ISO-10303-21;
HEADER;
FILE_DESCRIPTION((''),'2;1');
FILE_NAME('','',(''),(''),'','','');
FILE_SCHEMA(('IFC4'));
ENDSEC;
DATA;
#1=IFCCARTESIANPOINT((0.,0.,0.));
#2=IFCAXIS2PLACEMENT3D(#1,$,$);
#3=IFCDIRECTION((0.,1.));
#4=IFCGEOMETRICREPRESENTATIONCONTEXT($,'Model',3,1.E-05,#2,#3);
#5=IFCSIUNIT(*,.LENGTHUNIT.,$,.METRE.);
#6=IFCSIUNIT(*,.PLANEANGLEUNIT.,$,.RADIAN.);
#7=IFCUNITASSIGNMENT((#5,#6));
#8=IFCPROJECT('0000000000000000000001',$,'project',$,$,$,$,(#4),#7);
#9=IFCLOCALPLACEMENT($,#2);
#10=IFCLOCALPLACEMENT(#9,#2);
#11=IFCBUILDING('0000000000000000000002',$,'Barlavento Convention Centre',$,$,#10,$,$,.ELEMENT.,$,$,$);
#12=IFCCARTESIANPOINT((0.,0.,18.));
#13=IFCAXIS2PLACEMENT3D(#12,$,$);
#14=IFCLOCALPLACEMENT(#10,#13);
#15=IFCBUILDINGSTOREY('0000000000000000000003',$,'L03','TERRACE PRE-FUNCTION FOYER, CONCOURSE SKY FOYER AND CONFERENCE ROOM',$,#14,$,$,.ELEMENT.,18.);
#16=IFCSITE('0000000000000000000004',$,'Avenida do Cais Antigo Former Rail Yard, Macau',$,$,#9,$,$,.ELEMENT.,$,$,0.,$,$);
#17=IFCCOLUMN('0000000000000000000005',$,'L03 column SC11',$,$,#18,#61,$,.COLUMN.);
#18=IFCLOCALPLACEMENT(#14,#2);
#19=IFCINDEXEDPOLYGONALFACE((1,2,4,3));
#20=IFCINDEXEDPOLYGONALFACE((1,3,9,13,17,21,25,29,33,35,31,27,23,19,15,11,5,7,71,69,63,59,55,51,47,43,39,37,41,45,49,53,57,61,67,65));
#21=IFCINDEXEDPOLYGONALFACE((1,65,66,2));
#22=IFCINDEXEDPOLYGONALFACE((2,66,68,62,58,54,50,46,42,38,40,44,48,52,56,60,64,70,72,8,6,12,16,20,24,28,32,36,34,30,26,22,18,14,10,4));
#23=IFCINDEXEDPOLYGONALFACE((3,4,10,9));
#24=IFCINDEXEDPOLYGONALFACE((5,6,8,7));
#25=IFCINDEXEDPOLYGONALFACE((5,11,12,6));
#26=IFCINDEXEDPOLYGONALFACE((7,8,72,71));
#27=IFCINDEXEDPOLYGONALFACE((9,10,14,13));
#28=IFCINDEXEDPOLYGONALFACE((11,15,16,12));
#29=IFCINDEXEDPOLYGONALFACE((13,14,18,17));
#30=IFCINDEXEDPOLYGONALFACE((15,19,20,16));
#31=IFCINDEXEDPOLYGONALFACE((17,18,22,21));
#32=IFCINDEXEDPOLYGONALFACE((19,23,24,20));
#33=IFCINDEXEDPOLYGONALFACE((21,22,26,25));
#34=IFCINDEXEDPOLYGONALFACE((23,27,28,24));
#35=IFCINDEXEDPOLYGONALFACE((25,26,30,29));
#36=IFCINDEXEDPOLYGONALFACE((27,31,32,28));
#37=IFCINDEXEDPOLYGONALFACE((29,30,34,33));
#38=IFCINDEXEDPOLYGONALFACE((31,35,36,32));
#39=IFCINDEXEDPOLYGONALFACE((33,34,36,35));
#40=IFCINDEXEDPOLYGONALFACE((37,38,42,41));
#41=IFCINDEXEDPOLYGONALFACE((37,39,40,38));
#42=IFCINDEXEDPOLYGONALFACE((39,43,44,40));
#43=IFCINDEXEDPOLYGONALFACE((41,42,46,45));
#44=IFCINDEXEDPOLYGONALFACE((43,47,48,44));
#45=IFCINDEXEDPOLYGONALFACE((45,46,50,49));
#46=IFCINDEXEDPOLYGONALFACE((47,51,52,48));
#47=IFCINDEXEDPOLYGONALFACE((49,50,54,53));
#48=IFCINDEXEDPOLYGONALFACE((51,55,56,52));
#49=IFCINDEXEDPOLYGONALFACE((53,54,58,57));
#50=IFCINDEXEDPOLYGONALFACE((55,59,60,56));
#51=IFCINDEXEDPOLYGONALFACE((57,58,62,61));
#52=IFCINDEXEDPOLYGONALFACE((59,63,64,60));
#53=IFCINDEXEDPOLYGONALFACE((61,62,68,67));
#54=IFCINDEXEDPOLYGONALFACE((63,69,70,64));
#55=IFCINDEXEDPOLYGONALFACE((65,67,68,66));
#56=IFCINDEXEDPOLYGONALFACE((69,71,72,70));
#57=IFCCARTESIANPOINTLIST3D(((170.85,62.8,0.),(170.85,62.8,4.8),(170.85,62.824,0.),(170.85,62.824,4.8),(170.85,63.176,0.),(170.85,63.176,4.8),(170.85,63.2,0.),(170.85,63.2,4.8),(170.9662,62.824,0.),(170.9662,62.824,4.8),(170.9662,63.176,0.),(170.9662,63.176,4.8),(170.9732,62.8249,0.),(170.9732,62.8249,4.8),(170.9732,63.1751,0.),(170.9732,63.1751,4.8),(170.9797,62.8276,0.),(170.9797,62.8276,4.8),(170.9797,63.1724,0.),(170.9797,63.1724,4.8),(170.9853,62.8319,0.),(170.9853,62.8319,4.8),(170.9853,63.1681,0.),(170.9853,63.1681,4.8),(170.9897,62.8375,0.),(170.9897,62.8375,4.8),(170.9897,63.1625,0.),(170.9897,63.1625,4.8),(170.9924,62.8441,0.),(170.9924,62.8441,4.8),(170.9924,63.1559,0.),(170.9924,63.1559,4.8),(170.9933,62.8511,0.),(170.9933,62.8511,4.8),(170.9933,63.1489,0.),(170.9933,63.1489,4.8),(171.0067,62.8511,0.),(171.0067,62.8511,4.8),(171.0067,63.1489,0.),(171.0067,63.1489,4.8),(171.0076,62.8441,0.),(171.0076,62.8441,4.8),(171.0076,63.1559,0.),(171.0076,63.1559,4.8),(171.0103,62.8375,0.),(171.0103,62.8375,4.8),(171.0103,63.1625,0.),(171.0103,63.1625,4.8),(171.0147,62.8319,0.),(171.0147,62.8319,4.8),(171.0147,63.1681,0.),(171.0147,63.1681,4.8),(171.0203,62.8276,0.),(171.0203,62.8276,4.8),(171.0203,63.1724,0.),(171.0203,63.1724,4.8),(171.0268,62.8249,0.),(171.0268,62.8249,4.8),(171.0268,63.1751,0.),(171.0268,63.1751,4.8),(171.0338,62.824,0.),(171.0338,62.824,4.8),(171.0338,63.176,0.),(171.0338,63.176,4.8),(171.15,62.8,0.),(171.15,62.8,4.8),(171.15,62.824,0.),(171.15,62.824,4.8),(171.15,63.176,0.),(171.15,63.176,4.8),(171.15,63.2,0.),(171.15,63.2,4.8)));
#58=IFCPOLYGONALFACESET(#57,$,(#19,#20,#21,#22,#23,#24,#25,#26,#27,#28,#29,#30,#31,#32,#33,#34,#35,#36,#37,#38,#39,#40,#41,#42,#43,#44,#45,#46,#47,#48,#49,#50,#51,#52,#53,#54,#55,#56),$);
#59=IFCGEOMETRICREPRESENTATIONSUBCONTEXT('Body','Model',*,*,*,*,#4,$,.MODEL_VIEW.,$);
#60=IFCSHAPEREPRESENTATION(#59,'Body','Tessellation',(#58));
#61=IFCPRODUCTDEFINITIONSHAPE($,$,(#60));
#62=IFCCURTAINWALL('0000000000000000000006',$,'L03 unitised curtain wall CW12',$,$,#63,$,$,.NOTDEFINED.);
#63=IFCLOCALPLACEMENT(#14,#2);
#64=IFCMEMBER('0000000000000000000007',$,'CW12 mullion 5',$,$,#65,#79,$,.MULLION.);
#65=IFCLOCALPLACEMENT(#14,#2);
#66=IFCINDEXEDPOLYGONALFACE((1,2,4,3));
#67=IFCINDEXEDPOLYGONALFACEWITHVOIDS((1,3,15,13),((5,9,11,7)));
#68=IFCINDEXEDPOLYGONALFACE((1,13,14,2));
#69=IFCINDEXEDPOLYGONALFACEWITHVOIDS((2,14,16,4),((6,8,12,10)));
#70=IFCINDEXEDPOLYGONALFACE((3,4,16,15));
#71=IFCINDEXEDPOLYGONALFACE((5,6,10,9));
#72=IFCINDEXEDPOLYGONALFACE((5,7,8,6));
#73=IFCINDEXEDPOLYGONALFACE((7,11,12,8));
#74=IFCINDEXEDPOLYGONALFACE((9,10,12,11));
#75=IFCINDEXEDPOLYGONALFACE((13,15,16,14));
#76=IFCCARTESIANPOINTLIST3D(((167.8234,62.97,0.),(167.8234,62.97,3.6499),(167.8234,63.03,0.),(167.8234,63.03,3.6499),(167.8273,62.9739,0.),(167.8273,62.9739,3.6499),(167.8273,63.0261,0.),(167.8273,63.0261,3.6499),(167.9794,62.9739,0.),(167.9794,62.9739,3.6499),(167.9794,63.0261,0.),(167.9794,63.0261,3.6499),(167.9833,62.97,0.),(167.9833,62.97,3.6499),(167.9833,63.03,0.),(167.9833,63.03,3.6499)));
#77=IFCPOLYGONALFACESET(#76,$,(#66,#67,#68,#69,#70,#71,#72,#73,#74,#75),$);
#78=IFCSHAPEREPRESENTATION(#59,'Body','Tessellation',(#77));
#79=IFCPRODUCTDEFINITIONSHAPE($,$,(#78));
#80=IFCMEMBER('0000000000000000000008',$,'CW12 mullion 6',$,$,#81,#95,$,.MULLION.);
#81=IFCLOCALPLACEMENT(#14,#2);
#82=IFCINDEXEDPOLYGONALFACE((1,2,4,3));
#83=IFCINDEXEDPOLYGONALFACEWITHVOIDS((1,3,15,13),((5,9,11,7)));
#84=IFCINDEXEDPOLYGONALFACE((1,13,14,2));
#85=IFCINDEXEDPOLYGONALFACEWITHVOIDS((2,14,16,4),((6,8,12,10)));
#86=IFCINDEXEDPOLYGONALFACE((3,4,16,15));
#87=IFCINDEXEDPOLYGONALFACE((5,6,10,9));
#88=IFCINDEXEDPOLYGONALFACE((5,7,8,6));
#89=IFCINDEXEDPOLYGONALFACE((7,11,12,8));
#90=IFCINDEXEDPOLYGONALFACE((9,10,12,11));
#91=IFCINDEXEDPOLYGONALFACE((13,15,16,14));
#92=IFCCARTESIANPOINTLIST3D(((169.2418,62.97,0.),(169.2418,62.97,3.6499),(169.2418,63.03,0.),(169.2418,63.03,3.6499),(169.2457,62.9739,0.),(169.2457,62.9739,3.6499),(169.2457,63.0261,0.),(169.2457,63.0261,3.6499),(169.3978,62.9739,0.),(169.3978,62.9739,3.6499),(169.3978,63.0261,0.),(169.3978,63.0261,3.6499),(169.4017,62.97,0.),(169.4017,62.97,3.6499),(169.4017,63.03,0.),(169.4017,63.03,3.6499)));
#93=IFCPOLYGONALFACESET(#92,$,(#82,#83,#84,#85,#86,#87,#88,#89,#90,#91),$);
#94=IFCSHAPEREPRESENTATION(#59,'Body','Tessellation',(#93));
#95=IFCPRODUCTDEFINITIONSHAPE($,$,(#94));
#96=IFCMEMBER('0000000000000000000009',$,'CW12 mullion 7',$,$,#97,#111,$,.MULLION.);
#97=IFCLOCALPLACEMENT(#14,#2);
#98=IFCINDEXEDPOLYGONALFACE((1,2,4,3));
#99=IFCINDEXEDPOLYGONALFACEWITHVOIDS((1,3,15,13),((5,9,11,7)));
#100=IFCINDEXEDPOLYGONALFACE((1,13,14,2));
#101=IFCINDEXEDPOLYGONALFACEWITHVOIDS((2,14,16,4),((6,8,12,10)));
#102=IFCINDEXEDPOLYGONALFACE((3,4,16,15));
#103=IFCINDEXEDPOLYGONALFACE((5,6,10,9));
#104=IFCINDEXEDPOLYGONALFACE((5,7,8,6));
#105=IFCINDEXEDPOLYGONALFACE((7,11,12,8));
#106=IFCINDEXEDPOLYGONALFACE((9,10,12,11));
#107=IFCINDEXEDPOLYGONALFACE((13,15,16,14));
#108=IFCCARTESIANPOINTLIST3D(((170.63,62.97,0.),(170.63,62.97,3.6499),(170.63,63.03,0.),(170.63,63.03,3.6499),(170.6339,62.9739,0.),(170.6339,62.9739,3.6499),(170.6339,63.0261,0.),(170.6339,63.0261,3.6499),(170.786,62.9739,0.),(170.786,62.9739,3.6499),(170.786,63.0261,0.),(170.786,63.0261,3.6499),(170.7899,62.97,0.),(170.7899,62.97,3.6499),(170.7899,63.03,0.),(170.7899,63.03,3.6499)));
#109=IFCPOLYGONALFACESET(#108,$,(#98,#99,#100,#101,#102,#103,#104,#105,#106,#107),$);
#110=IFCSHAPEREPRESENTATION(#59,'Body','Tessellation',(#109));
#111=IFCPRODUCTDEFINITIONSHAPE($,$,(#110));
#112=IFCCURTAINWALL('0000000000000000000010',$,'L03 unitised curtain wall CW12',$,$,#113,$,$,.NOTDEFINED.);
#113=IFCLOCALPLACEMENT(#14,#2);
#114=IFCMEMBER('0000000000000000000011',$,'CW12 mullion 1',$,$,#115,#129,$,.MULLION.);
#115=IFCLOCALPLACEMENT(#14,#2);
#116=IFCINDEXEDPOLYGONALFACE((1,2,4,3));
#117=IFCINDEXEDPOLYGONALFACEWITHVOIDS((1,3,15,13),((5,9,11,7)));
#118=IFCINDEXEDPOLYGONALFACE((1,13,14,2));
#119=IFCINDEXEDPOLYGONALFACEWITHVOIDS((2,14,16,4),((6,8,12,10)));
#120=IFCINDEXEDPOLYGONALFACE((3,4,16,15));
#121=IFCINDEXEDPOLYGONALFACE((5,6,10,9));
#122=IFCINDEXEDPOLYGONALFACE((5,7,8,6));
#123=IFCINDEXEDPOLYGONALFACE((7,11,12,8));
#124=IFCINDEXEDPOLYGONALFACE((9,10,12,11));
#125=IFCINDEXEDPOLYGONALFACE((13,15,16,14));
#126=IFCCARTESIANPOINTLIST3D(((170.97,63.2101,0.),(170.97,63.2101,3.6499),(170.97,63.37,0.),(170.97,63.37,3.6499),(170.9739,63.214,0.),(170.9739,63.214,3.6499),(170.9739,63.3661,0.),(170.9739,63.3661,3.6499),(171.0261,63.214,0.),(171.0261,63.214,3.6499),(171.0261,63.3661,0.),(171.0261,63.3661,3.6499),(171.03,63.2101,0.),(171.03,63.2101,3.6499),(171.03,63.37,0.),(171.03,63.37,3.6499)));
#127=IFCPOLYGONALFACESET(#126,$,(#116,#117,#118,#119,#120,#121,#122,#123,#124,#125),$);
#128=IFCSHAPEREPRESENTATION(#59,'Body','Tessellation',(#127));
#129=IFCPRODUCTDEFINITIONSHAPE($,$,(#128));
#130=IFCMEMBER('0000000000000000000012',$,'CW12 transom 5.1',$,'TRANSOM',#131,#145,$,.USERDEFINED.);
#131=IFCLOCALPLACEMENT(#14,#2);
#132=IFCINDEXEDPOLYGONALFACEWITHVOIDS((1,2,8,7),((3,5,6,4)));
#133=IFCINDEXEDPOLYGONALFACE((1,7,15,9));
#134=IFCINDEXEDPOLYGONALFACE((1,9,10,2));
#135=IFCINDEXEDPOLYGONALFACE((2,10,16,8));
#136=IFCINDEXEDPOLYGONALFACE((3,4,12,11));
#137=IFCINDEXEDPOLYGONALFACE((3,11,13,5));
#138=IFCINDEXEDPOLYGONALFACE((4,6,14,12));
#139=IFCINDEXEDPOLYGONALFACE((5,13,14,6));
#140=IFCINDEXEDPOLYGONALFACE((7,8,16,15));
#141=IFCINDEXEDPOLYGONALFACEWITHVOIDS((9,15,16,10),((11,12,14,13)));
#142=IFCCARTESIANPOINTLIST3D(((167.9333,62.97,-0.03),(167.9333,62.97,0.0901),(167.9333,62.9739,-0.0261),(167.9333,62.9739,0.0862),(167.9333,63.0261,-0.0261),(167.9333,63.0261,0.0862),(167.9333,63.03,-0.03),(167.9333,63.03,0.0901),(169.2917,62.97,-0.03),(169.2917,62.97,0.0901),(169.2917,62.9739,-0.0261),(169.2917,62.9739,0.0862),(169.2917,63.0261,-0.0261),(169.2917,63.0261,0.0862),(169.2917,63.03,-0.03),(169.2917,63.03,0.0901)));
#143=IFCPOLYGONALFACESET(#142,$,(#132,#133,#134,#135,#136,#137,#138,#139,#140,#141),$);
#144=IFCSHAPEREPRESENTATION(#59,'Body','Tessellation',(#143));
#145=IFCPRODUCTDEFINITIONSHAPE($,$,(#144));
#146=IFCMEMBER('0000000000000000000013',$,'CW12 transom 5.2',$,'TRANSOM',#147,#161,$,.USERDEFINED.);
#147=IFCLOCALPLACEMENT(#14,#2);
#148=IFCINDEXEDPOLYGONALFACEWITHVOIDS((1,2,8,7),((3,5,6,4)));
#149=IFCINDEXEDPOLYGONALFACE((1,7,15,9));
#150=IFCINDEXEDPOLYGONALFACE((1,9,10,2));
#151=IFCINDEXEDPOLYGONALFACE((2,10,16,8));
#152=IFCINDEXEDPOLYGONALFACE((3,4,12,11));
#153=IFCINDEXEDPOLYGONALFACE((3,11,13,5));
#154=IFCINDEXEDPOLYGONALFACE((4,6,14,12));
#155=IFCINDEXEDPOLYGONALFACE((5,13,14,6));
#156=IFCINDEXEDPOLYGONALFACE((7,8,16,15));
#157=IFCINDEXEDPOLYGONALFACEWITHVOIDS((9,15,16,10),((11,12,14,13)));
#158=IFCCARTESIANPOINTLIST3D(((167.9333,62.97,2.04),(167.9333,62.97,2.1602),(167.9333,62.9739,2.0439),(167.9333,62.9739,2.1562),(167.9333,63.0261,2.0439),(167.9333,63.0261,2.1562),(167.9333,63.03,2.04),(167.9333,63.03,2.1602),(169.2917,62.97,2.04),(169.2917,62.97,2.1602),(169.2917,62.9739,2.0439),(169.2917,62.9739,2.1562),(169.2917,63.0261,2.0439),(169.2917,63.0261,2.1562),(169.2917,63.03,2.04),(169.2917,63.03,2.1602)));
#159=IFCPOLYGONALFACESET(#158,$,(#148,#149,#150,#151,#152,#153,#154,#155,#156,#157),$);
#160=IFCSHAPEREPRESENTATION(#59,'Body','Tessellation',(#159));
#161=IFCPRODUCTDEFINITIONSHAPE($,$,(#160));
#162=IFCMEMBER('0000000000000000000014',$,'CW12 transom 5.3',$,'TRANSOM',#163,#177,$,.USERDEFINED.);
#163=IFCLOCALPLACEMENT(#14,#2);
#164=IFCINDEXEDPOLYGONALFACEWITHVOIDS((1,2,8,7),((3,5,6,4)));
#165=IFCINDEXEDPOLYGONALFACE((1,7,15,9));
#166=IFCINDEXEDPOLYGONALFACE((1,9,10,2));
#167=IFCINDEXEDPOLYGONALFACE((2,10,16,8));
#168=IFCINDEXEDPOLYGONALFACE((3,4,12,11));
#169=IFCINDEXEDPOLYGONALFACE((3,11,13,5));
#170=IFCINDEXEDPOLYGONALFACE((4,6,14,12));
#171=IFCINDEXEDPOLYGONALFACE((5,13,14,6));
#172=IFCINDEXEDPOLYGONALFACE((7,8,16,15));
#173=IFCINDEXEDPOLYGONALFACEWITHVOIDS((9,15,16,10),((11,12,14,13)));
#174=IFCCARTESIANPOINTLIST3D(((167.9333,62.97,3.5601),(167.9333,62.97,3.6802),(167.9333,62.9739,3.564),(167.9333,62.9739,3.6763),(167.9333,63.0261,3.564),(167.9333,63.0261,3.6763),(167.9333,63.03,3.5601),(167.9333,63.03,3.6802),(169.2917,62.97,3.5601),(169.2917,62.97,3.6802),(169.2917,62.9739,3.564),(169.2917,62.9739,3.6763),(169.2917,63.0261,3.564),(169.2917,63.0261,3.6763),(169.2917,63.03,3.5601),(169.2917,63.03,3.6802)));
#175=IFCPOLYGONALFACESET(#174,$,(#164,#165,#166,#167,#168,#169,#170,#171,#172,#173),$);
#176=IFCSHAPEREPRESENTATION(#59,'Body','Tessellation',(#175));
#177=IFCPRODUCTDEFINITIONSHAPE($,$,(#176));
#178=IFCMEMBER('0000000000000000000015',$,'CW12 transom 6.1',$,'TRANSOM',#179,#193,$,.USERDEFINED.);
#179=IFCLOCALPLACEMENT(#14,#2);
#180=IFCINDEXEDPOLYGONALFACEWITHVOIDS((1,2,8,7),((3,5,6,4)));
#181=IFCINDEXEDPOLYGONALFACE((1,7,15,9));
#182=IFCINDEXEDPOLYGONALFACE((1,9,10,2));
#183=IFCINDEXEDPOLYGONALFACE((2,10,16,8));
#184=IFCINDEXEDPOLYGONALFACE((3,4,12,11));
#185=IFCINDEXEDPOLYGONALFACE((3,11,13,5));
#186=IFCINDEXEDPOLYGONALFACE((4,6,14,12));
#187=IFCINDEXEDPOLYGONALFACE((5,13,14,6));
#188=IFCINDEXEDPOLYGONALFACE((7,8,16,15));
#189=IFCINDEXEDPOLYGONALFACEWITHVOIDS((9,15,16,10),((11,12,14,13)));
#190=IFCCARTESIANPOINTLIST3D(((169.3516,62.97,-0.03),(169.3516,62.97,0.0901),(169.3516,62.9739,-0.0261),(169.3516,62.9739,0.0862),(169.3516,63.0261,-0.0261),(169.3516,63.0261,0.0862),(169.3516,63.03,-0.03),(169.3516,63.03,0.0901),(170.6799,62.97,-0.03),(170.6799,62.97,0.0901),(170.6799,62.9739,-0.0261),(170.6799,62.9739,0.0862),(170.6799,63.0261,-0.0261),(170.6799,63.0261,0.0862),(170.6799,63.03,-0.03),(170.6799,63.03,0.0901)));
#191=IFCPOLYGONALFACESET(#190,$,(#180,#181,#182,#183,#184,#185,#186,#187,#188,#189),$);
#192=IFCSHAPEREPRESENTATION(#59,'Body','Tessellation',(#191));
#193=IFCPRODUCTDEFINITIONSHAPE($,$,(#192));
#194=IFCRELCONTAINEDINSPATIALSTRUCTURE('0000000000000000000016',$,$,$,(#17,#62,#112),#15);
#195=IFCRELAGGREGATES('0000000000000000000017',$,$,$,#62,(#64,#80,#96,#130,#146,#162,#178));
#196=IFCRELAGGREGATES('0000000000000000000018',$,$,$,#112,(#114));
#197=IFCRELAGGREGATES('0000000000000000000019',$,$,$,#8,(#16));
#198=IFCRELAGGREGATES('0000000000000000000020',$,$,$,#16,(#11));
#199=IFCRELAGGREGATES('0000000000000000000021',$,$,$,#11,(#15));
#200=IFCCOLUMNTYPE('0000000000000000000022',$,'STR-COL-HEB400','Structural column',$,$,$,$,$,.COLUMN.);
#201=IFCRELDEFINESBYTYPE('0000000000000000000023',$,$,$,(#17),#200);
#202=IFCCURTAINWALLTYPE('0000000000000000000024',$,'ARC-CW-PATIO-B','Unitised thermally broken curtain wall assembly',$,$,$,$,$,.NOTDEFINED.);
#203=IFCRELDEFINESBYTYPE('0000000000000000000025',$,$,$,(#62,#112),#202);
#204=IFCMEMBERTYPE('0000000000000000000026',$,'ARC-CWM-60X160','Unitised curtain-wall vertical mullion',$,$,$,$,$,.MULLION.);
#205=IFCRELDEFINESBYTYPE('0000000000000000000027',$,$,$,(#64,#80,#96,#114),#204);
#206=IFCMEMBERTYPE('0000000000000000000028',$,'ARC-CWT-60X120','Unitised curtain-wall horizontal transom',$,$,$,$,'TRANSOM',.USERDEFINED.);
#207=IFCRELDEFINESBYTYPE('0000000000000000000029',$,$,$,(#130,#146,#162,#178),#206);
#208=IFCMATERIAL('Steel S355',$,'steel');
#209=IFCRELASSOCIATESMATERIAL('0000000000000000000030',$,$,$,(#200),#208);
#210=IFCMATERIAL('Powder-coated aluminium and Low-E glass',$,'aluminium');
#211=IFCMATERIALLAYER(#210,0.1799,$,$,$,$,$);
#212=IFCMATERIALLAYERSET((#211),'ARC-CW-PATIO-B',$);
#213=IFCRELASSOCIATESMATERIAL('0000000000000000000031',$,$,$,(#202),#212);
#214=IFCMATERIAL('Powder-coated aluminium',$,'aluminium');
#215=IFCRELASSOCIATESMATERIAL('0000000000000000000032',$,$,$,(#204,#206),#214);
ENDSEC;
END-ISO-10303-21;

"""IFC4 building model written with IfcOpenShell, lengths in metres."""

from ifc_helpers import new_model, si_unit, direction, frame, origin, origin_2d, place, context, subcontext, project, spatial, hollow_rectangle, i_section, extrude, material, layer, layer_set, material_profile, profile_set, type_object, element, aggregate, save


model = new_model("IFC4")

# Units and contexts
model_context = context("Model", 3, precision=1e-05, world=origin(), true_north=direction((0.0, 1.0)))
body_context = subcontext(model_context, "Body", "Model", "MODEL_VIEW")
ifc_project = project(units=[si_unit("LENGTHUNIT", "METRE"), si_unit("PLANEANGLEUNIT", "RADIAN")], contexts=[model_context])

# Site, building, storey
site_placement = place(None, origin())
site = spatial("IfcSite", under=ifc_project, at=site_placement, Name="Avenida do Cais Antigo Former Rail Yard, Macau", CompositionType="ELEMENT", RefElevation=0.0)
building_placement = place(site_placement, origin())
building = spatial("IfcBuilding", under=site, at=building_placement, Name="Barlavento Convention Centre", CompositionType="ELEMENT")
storey_placement = place(building_placement, frame((0.0, 0.0, 18.0)))
storey = spatial("IfcBuildingStorey", under=building, at=storey_placement, Name="L03", Description="TERRACE PRE-FUNCTION FOYER, CONCOURSE SKY FOYER AND CONFERENCE ROOM", CompositionType="ELEMENT", Elevation=18.0)

# Column
ifc_material_1 = material(Name="Steel S355", Category="steel")
ifc_material_profile_1 = material_profile(ifc_material_1, i_section(OverallWidth=0.3, OverallDepth=0.3999, WebThickness=0.0134, FlangeThickness=0.0239, FilletRadius=0.0271, at=origin_2d()), Name="HEB 400")
ifc_profile_set_1 = profile_set([ifc_material_profile_1], Name="Steel S355")
column_type = type_object("IfcColumnType", Name="STR-COL-HEB400", Description="Structural column", PredefinedType="COLUMN", material=ifc_profile_set_1)
column_placement = place(storey_placement, frame((171.0, 63.0, 0.0), z_axis=(0.0, 0.0, 1.0), x_axis=(1.0, 0.0, 0.0)))
element("IfcColumn", 1, at=column_placement, inside=storey, type_object=column_type, Name="L03 column SC11", PredefinedType="COLUMN", context=body_context, shape_type="SweptSolid", body=[
    extrude(i_section(OverallWidth=0.3, OverallDepth=0.3999, WebThickness=0.0134, FlangeThickness=0.0239, FilletRadius=0.0271, at=origin_2d()), origin(), (0.0, 0.0, 1.0), 4.8),
])

# Curtain wall, members
ifc_material_2 = material(Name="Powder-coated aluminium and Low-E glass", Category="aluminium")
ifc_layer_1 = layer(ifc_material_2, 0.1799)
ifc_layer_set_1 = layer_set([ifc_layer_1], Name="ARC-CW-PATIO-B")
curtain_wall_type = type_object("IfcCurtainWallType", Name="ARC-CW-PATIO-B", Description="Unitised thermally broken curtain wall assembly", PredefinedType="NOTDEFINED", material=ifc_layer_set_1)
curtain_wall_1_placement = place(storey_placement, origin())
curtain_wall_1 = element("IfcCurtainWall", 2, at=curtain_wall_1_placement, inside=storey, type_object=curtain_wall_type, Name="L03 unitised curtain wall CW12", PredefinedType="NOTDEFINED")
ifc_material_3 = material(Name="Powder-coated aluminium", Category="aluminium")
ifc_material_profile_2 = material_profile(ifc_material_3, hollow_rectangle(XDim=0.0601, YDim=0.1599, WallThickness=0.0039, at=origin_2d()), Name="AL-MULL 60x160x4")
ifc_profile_set_2 = profile_set([ifc_material_profile_2], Name="Powder-coated aluminium")
member_type_1 = type_object("IfcMemberType", Name="ARC-CWM-60X160", Description="Unitised curtain-wall vertical mullion", PredefinedType="MULLION", material=ifc_profile_set_2)
member_1_placement = place(storey_placement, frame((167.9033, 63.0, 0.0), z_axis=(0.0, 0.0, 1.0), x_axis=(0.0, 1.0, 0.0)))
member_1 = element("IfcMember", 3, at=member_1_placement, type_object=member_type_1, Name="CW12 mullion 5", PredefinedType="MULLION", context=body_context, shape_type="SweptSolid", body=[
    extrude(hollow_rectangle(XDim=0.0601, YDim=0.1599, WallThickness=0.0039, at=origin_2d()), origin(), (0.0, 0.0, 1.0), 3.6499),
])
member_2_placement = place(storey_placement, frame((169.3218, 63.0, 0.0), z_axis=(0.0, 0.0, 1.0), x_axis=(0.0, 1.0, 0.0)))
member_2 = element("IfcMember", 4, at=member_2_placement, type_object=member_type_1, Name="CW12 mullion 6", PredefinedType="MULLION", context=body_context, shape_type="SweptSolid", body=[
    extrude(hollow_rectangle(XDim=0.0601, YDim=0.1599, WallThickness=0.0039, at=origin_2d()), origin(), (0.0, 0.0, 1.0), 3.6499),
])
member_3_placement = place(storey_placement, frame((170.71, 63.0, 0.0), z_axis=(0.0, 0.0, 1.0), x_axis=(0.0, 1.0, 0.0)))
member_3 = element("IfcMember", 5, at=member_3_placement, type_object=member_type_1, Name="CW12 mullion 7", PredefinedType="MULLION", context=body_context, shape_type="SweptSolid", body=[
    extrude(hollow_rectangle(XDim=0.0601, YDim=0.1599, WallThickness=0.0039, at=origin_2d()), origin(), (0.0, 0.0, 1.0), 3.6499),
])

# Curtain wall, member
curtain_wall_2_placement = place(storey_placement, origin())
curtain_wall_2 = element("IfcCurtainWall", 6, at=curtain_wall_2_placement, inside=storey, type_object=curtain_wall_type, Name="L03 unitised curtain wall CW12", PredefinedType="NOTDEFINED")
member_4_placement = place(storey_placement, frame((171.0, 63.29, 0.0), z_axis=(0.0, 0.0, 1.0), x_axis=(-1.0, 0.0, 0.0)))
member_4 = element("IfcMember", 7, at=member_4_placement, type_object=member_type_1, Name="CW12 mullion 1", PredefinedType="MULLION", context=body_context, shape_type="SweptSolid", body=[
    extrude(hollow_rectangle(XDim=0.0601, YDim=0.1599, WallThickness=0.0039, at=origin_2d()), origin(), (0.0, 0.0, 1.0), 3.6499),
])

# Members
ifc_material_profile_3 = material_profile(ifc_material_3, hollow_rectangle(XDim=0.0601, YDim=0.1201, WallThickness=0.0039, at=origin_2d()), Name="AL-TRAN 60x120x4")
ifc_profile_set_3 = profile_set([ifc_material_profile_3], Name="Powder-coated aluminium")
member_type_2 = type_object("IfcMemberType", Name="ARC-CWT-60X120", Description="Unitised curtain-wall horizontal transom", ElementType="TRANSOM", PredefinedType="USERDEFINED", material=ifc_profile_set_3)
member_5_placement = place(storey_placement, frame((167.9333, 63.0, 0.03), z_axis=(1.0, 0.0, 0.0), x_axis=(0.0, 1.0, 0.0)))
member_5 = element("IfcMember", 8, at=member_5_placement, type_object=member_type_2, Name="CW12 transom 5.1", ObjectType="TRANSOM", PredefinedType="USERDEFINED", context=body_context, shape_type="SweptSolid", body=[
    extrude(hollow_rectangle(XDim=0.0601, YDim=0.1201, WallThickness=0.0039, at=origin_2d()), origin(), (0.0, 0.0, 1.0), 1.3584),
])
member_6_placement = place(storey_placement, frame((167.9333, 63.0, 2.1001), z_axis=(1.0, 0.0, 0.0), x_axis=(0.0, 1.0, 0.0)))
member_6 = element("IfcMember", 9, at=member_6_placement, type_object=member_type_2, Name="CW12 transom 5.2", ObjectType="TRANSOM", PredefinedType="USERDEFINED", context=body_context, shape_type="SweptSolid", body=[
    extrude(hollow_rectangle(XDim=0.0601, YDim=0.1201, WallThickness=0.0039, at=origin_2d()), origin(), (0.0, 0.0, 1.0), 1.3584),
])
member_7_placement = place(storey_placement, frame((167.9333, 63.0, 3.6201), z_axis=(1.0, 0.0, 0.0), x_axis=(0.0, 1.0, 0.0)))
member_7 = element("IfcMember", 10, at=member_7_placement, type_object=member_type_2, Name="CW12 transom 5.3", ObjectType="TRANSOM", PredefinedType="USERDEFINED", context=body_context, shape_type="SweptSolid", body=[
    extrude(hollow_rectangle(XDim=0.0601, YDim=0.1201, WallThickness=0.0039, at=origin_2d()), origin(), (0.0, 0.0, 1.0), 1.3584),
])
member_8_placement = place(storey_placement, frame((169.3516, 63.0, 0.03), z_axis=(1.0, 0.0, 0.0), x_axis=(0.0, 1.0, 0.0)))
member_8 = element("IfcMember", 11, at=member_8_placement, type_object=member_type_2, Name="CW12 transom 6.1", ObjectType="TRANSOM", PredefinedType="USERDEFINED", context=body_context, shape_type="SweptSolid", body=[
    extrude(hollow_rectangle(XDim=0.0601, YDim=0.1201, WallThickness=0.0039, at=origin_2d()), origin(), (0.0, 0.0, 1.0), 1.3284),
])

aggregate(curtain_wall_1, [member_1, member_2, member_3, member_5, member_6, member_7, member_8])
aggregate(curtain_wall_2, [member_4])

save(model, "model.ifc")
